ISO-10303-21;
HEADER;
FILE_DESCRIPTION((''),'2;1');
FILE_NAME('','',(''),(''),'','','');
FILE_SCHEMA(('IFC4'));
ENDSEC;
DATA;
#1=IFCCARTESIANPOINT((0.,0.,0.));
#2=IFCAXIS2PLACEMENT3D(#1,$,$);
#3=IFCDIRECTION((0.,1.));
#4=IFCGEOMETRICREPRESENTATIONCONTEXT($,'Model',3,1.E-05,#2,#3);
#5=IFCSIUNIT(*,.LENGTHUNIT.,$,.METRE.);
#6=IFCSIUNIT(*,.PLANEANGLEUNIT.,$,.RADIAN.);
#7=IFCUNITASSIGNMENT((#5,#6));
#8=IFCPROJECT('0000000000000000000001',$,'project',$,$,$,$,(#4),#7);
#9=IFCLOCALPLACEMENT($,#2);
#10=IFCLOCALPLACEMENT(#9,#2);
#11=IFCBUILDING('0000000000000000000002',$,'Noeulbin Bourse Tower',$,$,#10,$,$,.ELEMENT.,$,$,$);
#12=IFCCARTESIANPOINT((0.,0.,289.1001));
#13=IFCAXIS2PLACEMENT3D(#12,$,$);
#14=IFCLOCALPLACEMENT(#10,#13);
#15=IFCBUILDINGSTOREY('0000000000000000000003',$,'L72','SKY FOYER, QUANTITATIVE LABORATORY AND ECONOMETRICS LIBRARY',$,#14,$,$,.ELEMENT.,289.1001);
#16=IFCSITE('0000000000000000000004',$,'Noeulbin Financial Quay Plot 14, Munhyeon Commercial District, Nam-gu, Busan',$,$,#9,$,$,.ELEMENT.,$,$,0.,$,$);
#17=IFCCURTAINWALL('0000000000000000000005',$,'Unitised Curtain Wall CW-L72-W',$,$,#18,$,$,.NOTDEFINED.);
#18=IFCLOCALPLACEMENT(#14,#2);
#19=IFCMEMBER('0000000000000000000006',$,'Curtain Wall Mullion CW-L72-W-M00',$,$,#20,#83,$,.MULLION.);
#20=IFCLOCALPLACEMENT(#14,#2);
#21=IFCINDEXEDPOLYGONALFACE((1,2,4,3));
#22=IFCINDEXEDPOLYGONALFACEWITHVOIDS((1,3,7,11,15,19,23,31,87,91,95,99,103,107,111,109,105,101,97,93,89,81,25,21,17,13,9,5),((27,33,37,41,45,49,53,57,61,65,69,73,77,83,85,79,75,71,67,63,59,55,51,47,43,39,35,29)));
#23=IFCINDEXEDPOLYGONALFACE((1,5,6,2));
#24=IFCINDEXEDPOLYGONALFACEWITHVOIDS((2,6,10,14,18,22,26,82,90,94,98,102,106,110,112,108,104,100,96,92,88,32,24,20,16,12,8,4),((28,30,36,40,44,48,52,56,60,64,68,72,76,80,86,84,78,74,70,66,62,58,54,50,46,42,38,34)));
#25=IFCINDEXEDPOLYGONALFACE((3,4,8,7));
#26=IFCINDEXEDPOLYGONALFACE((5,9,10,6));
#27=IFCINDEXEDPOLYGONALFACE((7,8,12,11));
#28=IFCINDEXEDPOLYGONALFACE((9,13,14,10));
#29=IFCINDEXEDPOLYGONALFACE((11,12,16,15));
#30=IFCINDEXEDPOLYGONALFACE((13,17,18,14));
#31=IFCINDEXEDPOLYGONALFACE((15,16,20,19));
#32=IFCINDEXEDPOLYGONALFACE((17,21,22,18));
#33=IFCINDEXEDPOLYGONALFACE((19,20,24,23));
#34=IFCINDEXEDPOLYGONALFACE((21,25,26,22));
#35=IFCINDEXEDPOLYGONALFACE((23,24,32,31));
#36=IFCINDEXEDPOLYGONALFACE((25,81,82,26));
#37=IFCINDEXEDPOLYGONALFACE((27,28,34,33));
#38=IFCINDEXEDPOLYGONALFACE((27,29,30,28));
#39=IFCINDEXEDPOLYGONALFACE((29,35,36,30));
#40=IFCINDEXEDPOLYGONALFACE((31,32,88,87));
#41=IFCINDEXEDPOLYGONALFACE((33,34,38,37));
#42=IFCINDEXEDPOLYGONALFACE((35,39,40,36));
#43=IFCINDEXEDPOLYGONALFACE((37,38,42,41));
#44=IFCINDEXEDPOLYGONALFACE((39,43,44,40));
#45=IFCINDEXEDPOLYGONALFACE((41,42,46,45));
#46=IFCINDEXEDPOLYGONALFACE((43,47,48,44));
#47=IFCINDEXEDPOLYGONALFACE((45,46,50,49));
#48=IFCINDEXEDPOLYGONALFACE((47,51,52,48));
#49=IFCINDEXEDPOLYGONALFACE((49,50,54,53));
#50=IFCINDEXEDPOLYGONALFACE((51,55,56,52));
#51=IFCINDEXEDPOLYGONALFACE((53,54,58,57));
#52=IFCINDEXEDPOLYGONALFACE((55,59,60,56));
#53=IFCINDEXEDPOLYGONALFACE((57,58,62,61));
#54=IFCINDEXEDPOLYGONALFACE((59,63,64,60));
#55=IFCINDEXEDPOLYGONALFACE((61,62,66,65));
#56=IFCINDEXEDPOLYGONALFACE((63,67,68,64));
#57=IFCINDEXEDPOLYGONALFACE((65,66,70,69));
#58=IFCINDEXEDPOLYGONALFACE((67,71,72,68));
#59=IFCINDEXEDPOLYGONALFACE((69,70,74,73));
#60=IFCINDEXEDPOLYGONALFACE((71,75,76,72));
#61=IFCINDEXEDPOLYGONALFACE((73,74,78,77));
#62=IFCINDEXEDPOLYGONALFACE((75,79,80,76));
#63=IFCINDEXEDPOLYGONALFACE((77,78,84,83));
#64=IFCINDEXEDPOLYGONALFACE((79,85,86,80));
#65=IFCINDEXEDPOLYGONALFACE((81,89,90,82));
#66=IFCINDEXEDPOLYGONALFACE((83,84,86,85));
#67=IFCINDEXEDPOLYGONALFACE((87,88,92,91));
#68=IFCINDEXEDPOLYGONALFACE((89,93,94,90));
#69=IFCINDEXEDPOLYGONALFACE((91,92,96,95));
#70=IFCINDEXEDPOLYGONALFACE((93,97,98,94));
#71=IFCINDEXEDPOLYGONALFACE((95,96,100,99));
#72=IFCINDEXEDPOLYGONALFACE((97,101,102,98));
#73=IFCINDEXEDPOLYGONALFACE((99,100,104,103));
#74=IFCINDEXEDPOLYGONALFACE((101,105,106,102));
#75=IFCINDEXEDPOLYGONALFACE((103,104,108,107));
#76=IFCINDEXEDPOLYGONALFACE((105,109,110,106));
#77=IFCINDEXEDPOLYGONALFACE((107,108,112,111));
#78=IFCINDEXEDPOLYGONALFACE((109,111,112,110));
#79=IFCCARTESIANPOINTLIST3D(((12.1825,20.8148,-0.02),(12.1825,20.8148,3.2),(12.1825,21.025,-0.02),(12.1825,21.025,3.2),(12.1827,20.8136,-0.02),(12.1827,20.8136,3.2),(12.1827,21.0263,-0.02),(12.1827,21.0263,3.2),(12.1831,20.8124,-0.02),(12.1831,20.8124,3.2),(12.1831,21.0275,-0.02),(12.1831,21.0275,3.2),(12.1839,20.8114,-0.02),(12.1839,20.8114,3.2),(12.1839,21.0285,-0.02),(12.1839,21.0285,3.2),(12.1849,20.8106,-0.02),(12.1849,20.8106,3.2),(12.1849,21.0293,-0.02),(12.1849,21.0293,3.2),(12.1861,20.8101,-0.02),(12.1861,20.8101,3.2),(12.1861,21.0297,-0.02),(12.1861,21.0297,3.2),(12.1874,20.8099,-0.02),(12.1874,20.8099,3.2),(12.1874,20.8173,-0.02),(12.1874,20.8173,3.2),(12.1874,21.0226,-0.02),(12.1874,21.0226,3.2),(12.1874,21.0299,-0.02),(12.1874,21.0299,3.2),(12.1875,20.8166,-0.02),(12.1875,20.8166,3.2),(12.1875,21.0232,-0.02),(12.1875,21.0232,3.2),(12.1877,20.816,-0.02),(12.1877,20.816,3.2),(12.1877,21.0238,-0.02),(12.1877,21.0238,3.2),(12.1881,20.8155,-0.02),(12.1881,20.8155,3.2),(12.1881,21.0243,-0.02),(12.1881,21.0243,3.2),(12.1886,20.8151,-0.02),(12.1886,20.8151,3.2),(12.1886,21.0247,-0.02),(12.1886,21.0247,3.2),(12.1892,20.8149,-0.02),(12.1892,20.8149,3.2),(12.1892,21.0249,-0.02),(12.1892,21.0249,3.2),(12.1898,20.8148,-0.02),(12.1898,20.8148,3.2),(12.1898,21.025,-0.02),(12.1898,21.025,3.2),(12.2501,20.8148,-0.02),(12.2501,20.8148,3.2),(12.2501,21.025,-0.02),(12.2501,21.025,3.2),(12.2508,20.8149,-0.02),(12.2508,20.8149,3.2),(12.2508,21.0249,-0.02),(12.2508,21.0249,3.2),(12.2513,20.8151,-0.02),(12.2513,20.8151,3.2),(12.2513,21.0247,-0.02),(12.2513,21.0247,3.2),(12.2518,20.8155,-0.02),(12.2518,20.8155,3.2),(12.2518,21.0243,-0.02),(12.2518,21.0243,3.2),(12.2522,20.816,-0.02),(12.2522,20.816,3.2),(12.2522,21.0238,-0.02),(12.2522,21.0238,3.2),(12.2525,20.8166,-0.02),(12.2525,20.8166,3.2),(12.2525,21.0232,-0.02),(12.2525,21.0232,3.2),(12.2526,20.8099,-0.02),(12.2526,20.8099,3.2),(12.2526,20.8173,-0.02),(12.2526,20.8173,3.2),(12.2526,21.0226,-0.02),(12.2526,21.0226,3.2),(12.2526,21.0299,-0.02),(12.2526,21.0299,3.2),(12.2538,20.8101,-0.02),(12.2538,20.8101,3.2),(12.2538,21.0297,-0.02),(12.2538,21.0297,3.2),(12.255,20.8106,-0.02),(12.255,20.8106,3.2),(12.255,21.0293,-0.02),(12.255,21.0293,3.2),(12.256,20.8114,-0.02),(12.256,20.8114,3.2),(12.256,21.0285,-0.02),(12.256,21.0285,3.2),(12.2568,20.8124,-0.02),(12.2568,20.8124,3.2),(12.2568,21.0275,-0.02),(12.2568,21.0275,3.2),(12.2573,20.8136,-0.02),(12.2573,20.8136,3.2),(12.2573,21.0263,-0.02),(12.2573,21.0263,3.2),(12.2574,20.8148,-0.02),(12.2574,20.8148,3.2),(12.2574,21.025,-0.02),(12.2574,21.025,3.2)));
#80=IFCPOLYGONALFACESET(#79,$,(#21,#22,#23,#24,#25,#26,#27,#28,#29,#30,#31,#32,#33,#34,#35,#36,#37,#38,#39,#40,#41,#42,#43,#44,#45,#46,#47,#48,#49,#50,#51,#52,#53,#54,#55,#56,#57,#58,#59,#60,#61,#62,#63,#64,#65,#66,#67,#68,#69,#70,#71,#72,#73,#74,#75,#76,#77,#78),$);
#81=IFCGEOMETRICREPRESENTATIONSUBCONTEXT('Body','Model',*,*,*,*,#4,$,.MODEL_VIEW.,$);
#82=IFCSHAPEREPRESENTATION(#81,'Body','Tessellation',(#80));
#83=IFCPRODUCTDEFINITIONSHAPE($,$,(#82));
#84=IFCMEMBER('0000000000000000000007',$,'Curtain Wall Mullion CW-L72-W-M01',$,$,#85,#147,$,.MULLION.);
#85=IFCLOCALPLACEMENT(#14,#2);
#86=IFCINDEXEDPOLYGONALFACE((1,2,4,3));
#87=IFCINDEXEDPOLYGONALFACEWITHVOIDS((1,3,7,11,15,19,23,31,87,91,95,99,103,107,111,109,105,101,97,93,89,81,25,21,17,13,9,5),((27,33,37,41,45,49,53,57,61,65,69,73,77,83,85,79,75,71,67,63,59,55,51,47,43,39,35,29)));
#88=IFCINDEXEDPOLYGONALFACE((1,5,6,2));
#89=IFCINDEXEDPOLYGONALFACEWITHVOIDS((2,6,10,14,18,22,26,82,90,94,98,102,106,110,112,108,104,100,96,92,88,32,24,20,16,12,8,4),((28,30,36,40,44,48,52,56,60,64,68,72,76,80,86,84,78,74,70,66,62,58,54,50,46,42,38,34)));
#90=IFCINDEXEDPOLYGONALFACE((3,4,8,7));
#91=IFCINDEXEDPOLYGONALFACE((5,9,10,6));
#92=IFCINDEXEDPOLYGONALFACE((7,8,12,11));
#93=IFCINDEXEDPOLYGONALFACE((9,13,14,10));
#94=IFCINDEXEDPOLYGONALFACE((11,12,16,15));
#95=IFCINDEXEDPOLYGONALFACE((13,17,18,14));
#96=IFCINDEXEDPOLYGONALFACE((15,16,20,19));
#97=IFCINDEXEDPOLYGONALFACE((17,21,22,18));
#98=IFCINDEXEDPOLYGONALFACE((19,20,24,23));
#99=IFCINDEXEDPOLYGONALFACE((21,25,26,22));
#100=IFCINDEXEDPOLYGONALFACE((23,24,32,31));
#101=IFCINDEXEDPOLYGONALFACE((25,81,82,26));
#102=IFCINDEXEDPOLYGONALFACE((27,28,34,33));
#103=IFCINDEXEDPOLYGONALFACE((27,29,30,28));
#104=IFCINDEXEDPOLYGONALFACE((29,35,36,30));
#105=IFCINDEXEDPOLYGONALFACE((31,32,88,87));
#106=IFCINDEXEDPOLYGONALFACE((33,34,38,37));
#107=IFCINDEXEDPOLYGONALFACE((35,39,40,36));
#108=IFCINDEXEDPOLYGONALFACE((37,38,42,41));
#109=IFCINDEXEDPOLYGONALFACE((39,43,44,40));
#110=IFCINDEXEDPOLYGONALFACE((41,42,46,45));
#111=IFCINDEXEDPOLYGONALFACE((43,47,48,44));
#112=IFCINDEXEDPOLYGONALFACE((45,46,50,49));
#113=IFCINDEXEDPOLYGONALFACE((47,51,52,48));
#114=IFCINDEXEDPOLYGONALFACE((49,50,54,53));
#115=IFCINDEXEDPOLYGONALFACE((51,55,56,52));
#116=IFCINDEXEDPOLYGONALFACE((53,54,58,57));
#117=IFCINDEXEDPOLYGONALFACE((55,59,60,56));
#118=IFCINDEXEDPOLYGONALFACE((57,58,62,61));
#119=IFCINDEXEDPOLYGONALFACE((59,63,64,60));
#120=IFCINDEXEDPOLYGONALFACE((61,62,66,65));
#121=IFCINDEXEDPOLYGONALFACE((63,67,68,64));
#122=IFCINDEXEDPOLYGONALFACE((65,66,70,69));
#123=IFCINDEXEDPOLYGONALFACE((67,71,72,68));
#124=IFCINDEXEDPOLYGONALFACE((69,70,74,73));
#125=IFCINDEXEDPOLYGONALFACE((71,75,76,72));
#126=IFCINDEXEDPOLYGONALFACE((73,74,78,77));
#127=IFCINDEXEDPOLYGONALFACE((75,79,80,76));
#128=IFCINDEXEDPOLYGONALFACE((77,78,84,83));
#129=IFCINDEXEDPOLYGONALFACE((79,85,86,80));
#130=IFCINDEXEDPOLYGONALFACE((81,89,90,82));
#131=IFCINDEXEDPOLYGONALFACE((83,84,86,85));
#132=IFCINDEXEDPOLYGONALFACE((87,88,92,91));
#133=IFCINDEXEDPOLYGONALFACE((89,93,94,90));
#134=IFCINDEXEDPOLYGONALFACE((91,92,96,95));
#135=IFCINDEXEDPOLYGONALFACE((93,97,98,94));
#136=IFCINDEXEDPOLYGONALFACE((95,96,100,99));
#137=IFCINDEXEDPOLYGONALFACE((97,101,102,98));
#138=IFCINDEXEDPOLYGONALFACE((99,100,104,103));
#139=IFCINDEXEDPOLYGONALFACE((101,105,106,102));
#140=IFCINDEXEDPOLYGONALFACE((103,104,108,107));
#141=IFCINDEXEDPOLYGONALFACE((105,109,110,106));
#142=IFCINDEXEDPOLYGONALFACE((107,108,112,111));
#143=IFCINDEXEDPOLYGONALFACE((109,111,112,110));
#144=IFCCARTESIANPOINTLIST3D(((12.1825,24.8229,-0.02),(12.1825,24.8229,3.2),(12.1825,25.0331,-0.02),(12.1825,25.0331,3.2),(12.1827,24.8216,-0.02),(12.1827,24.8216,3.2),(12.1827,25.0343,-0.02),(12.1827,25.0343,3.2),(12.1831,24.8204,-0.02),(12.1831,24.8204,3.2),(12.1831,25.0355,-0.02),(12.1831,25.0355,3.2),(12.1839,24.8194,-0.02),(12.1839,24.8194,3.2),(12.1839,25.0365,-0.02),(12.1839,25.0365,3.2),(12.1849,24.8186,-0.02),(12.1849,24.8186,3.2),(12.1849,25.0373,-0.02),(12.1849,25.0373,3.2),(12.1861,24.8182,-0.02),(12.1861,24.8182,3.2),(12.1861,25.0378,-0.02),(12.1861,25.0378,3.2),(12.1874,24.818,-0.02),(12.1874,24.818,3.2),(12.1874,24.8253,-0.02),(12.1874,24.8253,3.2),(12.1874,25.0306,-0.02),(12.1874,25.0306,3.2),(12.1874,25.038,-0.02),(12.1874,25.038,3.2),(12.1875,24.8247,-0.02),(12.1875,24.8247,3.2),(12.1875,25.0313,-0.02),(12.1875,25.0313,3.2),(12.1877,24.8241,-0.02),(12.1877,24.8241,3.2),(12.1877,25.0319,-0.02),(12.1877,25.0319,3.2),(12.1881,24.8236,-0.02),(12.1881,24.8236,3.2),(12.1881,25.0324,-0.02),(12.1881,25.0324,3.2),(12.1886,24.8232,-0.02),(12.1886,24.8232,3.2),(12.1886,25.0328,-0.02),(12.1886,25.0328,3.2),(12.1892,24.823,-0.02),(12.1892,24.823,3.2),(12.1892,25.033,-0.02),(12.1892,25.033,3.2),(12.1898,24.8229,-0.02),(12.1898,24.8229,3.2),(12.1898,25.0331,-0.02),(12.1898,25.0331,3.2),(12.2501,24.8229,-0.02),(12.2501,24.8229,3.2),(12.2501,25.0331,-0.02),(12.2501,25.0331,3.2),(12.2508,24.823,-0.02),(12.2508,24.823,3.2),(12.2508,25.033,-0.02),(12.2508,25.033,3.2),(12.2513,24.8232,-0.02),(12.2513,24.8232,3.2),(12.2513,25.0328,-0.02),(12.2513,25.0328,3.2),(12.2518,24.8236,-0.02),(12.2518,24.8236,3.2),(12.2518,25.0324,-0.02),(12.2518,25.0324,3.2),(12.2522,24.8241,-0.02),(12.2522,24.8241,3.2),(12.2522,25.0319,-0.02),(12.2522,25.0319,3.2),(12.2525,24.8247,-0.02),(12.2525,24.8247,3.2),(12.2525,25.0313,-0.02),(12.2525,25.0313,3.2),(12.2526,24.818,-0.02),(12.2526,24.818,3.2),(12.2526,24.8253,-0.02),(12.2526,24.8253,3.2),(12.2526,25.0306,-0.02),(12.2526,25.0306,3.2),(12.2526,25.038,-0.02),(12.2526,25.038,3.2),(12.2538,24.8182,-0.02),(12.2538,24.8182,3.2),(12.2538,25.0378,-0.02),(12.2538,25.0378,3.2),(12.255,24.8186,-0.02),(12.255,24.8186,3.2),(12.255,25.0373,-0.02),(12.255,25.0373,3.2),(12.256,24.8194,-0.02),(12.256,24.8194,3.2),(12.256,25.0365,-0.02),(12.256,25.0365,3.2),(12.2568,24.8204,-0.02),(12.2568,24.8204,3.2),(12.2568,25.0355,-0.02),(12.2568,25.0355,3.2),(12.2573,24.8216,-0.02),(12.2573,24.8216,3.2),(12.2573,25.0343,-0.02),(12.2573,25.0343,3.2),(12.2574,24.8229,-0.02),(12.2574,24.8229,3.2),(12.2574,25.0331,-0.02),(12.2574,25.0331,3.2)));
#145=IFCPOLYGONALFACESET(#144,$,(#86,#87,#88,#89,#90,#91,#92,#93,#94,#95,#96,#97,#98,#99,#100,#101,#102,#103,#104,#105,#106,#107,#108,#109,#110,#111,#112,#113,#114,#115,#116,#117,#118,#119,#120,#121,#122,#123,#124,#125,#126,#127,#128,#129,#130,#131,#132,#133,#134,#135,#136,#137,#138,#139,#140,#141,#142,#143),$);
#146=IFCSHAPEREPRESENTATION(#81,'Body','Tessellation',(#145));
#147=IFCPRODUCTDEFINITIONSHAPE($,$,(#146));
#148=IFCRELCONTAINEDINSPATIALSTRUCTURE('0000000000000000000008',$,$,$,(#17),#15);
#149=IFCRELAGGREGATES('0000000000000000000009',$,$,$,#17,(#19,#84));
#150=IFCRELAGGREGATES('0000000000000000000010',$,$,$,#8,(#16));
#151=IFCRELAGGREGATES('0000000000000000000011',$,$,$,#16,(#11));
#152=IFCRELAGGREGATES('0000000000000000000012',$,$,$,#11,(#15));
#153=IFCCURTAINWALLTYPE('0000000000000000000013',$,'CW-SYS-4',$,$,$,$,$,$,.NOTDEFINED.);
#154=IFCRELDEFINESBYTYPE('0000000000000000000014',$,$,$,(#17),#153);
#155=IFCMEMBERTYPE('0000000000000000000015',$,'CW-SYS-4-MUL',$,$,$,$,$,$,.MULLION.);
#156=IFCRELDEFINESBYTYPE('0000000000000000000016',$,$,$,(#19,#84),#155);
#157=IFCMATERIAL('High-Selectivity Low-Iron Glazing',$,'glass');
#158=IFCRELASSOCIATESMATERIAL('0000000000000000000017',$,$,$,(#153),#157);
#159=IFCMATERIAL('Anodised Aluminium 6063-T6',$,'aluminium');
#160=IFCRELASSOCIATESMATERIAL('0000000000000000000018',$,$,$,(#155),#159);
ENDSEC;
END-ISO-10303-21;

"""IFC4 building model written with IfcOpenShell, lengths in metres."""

from ifc_helpers import new_model, si_unit, direction, frame, origin, origin_2d, place, context, subcontext, project, spatial, hollow_rectangle, extrude, material, material_profile, profile_set, type_object, element, aggregate, save


model = new_model("IFC4")

# Units and contexts
model_context = context("Model", 3, precision=1e-05, world=origin(), true_north=direction((0.0, 1.0)))
body_context = subcontext(model_context, "Body", "Model", "MODEL_VIEW")
ifc_project = project(units=[si_unit("LENGTHUNIT", "METRE"), si_unit("PLANEANGLEUNIT", "RADIAN")], contexts=[model_context])

# Site, building, storey
site_placement = place(None, origin())
site = spatial("IfcSite", under=ifc_project, at=site_placement, Name="Noeulbin Financial Quay Plot 14, Munhyeon Commercial District, Nam-gu, Busan", CompositionType="ELEMENT", RefElevation=0.0)
building_placement = place(site_placement, origin())
building = spatial("IfcBuilding", under=site, at=building_placement, Name="Noeulbin Bourse Tower", CompositionType="ELEMENT")
storey_placement = place(building_placement, frame((0.0, 0.0, 289.1001)))
storey = spatial("IfcBuildingStorey", under=building, at=storey_placement, Name="L72", Description="SKY FOYER, QUANTITATIVE LABORATORY AND ECONOMETRICS LIBRARY", CompositionType="ELEMENT", Elevation=289.1001)

# Curtain wall, members
ifc_material_1 = material(Name="High-Selectivity Low-Iron Glazing", Category="glass")
curtain_wall_type = type_object("IfcCurtainWallType", Name="CW-SYS-4", PredefinedType="NOTDEFINED", material=ifc_material_1)
curtain_wall_placement = place(storey_placement, origin())
curtain_wall = element("IfcCurtainWall", 1, at=curtain_wall_placement, inside=storey, type_object=curtain_wall_type, Name="Unitised Curtain Wall CW-L72-W", PredefinedType="NOTDEFINED")
ifc_material_2 = material(Name="Anodised Aluminium 6063-T6", Category="aluminium")
ifc_material_profile_1 = material_profile(ifc_material_2, hollow_rectangle(XDim=0.075, YDim=0.22, WallThickness=0.0049, InnerFilletRadius=0.0024, OuterFilletRadius=0.0049, at=origin_2d()), Name="ALU-MULL-75x220x5", Category="LoadBearing")
ifc_profile_set_1 = profile_set([ifc_material_profile_1], Name="Anodised Aluminium 6063-T6")
member_type_1 = type_object("IfcMemberType", Name="CW-SYS-4-MUL", PredefinedType="MULLION", material=ifc_profile_set_1)
member_1_placement = place(storey_placement, frame((12.22, 20.9199, -0.02), z_axis=(0.0, 0.0, 1.0), x_axis=(1.0, 0.0, 0.0)))
member_1 = element("IfcMember", 2, at=member_1_placement, type_object=member_type_1, Name="Curtain Wall Mullion CW-L72-W-M00", PredefinedType="MULLION", context=body_context, shape_type="SweptSolid", body=[
    extrude(hollow_rectangle(XDim=0.075, YDim=0.22, WallThickness=0.0049, InnerFilletRadius=0.0024, OuterFilletRadius=0.0049, at=origin_2d()), origin(), (0.0, 0.0, 1.0), 3.22),
])
member_2_placement = place(storey_placement, frame((12.22, 24.928, -0.02), z_axis=(0.0, 0.0, 1.0), x_axis=(1.0, 0.0, 0.0)))
member_2 = element("IfcMember", 3, at=member_2_placement, type_object=member_type_1, Name="Curtain Wall Mullion CW-L72-W-M01", PredefinedType="MULLION", context=body_context, shape_type="SweptSolid", body=[
    extrude(hollow_rectangle(XDim=0.075, YDim=0.22, WallThickness=0.0049, InnerFilletRadius=0.0024, OuterFilletRadius=0.0049, at=origin_2d()), origin(), (0.0, 0.0, 1.0), 3.22),
])
aggregate(curtain_wall, [member_1, member_2])

save(model, "model.ifc")
